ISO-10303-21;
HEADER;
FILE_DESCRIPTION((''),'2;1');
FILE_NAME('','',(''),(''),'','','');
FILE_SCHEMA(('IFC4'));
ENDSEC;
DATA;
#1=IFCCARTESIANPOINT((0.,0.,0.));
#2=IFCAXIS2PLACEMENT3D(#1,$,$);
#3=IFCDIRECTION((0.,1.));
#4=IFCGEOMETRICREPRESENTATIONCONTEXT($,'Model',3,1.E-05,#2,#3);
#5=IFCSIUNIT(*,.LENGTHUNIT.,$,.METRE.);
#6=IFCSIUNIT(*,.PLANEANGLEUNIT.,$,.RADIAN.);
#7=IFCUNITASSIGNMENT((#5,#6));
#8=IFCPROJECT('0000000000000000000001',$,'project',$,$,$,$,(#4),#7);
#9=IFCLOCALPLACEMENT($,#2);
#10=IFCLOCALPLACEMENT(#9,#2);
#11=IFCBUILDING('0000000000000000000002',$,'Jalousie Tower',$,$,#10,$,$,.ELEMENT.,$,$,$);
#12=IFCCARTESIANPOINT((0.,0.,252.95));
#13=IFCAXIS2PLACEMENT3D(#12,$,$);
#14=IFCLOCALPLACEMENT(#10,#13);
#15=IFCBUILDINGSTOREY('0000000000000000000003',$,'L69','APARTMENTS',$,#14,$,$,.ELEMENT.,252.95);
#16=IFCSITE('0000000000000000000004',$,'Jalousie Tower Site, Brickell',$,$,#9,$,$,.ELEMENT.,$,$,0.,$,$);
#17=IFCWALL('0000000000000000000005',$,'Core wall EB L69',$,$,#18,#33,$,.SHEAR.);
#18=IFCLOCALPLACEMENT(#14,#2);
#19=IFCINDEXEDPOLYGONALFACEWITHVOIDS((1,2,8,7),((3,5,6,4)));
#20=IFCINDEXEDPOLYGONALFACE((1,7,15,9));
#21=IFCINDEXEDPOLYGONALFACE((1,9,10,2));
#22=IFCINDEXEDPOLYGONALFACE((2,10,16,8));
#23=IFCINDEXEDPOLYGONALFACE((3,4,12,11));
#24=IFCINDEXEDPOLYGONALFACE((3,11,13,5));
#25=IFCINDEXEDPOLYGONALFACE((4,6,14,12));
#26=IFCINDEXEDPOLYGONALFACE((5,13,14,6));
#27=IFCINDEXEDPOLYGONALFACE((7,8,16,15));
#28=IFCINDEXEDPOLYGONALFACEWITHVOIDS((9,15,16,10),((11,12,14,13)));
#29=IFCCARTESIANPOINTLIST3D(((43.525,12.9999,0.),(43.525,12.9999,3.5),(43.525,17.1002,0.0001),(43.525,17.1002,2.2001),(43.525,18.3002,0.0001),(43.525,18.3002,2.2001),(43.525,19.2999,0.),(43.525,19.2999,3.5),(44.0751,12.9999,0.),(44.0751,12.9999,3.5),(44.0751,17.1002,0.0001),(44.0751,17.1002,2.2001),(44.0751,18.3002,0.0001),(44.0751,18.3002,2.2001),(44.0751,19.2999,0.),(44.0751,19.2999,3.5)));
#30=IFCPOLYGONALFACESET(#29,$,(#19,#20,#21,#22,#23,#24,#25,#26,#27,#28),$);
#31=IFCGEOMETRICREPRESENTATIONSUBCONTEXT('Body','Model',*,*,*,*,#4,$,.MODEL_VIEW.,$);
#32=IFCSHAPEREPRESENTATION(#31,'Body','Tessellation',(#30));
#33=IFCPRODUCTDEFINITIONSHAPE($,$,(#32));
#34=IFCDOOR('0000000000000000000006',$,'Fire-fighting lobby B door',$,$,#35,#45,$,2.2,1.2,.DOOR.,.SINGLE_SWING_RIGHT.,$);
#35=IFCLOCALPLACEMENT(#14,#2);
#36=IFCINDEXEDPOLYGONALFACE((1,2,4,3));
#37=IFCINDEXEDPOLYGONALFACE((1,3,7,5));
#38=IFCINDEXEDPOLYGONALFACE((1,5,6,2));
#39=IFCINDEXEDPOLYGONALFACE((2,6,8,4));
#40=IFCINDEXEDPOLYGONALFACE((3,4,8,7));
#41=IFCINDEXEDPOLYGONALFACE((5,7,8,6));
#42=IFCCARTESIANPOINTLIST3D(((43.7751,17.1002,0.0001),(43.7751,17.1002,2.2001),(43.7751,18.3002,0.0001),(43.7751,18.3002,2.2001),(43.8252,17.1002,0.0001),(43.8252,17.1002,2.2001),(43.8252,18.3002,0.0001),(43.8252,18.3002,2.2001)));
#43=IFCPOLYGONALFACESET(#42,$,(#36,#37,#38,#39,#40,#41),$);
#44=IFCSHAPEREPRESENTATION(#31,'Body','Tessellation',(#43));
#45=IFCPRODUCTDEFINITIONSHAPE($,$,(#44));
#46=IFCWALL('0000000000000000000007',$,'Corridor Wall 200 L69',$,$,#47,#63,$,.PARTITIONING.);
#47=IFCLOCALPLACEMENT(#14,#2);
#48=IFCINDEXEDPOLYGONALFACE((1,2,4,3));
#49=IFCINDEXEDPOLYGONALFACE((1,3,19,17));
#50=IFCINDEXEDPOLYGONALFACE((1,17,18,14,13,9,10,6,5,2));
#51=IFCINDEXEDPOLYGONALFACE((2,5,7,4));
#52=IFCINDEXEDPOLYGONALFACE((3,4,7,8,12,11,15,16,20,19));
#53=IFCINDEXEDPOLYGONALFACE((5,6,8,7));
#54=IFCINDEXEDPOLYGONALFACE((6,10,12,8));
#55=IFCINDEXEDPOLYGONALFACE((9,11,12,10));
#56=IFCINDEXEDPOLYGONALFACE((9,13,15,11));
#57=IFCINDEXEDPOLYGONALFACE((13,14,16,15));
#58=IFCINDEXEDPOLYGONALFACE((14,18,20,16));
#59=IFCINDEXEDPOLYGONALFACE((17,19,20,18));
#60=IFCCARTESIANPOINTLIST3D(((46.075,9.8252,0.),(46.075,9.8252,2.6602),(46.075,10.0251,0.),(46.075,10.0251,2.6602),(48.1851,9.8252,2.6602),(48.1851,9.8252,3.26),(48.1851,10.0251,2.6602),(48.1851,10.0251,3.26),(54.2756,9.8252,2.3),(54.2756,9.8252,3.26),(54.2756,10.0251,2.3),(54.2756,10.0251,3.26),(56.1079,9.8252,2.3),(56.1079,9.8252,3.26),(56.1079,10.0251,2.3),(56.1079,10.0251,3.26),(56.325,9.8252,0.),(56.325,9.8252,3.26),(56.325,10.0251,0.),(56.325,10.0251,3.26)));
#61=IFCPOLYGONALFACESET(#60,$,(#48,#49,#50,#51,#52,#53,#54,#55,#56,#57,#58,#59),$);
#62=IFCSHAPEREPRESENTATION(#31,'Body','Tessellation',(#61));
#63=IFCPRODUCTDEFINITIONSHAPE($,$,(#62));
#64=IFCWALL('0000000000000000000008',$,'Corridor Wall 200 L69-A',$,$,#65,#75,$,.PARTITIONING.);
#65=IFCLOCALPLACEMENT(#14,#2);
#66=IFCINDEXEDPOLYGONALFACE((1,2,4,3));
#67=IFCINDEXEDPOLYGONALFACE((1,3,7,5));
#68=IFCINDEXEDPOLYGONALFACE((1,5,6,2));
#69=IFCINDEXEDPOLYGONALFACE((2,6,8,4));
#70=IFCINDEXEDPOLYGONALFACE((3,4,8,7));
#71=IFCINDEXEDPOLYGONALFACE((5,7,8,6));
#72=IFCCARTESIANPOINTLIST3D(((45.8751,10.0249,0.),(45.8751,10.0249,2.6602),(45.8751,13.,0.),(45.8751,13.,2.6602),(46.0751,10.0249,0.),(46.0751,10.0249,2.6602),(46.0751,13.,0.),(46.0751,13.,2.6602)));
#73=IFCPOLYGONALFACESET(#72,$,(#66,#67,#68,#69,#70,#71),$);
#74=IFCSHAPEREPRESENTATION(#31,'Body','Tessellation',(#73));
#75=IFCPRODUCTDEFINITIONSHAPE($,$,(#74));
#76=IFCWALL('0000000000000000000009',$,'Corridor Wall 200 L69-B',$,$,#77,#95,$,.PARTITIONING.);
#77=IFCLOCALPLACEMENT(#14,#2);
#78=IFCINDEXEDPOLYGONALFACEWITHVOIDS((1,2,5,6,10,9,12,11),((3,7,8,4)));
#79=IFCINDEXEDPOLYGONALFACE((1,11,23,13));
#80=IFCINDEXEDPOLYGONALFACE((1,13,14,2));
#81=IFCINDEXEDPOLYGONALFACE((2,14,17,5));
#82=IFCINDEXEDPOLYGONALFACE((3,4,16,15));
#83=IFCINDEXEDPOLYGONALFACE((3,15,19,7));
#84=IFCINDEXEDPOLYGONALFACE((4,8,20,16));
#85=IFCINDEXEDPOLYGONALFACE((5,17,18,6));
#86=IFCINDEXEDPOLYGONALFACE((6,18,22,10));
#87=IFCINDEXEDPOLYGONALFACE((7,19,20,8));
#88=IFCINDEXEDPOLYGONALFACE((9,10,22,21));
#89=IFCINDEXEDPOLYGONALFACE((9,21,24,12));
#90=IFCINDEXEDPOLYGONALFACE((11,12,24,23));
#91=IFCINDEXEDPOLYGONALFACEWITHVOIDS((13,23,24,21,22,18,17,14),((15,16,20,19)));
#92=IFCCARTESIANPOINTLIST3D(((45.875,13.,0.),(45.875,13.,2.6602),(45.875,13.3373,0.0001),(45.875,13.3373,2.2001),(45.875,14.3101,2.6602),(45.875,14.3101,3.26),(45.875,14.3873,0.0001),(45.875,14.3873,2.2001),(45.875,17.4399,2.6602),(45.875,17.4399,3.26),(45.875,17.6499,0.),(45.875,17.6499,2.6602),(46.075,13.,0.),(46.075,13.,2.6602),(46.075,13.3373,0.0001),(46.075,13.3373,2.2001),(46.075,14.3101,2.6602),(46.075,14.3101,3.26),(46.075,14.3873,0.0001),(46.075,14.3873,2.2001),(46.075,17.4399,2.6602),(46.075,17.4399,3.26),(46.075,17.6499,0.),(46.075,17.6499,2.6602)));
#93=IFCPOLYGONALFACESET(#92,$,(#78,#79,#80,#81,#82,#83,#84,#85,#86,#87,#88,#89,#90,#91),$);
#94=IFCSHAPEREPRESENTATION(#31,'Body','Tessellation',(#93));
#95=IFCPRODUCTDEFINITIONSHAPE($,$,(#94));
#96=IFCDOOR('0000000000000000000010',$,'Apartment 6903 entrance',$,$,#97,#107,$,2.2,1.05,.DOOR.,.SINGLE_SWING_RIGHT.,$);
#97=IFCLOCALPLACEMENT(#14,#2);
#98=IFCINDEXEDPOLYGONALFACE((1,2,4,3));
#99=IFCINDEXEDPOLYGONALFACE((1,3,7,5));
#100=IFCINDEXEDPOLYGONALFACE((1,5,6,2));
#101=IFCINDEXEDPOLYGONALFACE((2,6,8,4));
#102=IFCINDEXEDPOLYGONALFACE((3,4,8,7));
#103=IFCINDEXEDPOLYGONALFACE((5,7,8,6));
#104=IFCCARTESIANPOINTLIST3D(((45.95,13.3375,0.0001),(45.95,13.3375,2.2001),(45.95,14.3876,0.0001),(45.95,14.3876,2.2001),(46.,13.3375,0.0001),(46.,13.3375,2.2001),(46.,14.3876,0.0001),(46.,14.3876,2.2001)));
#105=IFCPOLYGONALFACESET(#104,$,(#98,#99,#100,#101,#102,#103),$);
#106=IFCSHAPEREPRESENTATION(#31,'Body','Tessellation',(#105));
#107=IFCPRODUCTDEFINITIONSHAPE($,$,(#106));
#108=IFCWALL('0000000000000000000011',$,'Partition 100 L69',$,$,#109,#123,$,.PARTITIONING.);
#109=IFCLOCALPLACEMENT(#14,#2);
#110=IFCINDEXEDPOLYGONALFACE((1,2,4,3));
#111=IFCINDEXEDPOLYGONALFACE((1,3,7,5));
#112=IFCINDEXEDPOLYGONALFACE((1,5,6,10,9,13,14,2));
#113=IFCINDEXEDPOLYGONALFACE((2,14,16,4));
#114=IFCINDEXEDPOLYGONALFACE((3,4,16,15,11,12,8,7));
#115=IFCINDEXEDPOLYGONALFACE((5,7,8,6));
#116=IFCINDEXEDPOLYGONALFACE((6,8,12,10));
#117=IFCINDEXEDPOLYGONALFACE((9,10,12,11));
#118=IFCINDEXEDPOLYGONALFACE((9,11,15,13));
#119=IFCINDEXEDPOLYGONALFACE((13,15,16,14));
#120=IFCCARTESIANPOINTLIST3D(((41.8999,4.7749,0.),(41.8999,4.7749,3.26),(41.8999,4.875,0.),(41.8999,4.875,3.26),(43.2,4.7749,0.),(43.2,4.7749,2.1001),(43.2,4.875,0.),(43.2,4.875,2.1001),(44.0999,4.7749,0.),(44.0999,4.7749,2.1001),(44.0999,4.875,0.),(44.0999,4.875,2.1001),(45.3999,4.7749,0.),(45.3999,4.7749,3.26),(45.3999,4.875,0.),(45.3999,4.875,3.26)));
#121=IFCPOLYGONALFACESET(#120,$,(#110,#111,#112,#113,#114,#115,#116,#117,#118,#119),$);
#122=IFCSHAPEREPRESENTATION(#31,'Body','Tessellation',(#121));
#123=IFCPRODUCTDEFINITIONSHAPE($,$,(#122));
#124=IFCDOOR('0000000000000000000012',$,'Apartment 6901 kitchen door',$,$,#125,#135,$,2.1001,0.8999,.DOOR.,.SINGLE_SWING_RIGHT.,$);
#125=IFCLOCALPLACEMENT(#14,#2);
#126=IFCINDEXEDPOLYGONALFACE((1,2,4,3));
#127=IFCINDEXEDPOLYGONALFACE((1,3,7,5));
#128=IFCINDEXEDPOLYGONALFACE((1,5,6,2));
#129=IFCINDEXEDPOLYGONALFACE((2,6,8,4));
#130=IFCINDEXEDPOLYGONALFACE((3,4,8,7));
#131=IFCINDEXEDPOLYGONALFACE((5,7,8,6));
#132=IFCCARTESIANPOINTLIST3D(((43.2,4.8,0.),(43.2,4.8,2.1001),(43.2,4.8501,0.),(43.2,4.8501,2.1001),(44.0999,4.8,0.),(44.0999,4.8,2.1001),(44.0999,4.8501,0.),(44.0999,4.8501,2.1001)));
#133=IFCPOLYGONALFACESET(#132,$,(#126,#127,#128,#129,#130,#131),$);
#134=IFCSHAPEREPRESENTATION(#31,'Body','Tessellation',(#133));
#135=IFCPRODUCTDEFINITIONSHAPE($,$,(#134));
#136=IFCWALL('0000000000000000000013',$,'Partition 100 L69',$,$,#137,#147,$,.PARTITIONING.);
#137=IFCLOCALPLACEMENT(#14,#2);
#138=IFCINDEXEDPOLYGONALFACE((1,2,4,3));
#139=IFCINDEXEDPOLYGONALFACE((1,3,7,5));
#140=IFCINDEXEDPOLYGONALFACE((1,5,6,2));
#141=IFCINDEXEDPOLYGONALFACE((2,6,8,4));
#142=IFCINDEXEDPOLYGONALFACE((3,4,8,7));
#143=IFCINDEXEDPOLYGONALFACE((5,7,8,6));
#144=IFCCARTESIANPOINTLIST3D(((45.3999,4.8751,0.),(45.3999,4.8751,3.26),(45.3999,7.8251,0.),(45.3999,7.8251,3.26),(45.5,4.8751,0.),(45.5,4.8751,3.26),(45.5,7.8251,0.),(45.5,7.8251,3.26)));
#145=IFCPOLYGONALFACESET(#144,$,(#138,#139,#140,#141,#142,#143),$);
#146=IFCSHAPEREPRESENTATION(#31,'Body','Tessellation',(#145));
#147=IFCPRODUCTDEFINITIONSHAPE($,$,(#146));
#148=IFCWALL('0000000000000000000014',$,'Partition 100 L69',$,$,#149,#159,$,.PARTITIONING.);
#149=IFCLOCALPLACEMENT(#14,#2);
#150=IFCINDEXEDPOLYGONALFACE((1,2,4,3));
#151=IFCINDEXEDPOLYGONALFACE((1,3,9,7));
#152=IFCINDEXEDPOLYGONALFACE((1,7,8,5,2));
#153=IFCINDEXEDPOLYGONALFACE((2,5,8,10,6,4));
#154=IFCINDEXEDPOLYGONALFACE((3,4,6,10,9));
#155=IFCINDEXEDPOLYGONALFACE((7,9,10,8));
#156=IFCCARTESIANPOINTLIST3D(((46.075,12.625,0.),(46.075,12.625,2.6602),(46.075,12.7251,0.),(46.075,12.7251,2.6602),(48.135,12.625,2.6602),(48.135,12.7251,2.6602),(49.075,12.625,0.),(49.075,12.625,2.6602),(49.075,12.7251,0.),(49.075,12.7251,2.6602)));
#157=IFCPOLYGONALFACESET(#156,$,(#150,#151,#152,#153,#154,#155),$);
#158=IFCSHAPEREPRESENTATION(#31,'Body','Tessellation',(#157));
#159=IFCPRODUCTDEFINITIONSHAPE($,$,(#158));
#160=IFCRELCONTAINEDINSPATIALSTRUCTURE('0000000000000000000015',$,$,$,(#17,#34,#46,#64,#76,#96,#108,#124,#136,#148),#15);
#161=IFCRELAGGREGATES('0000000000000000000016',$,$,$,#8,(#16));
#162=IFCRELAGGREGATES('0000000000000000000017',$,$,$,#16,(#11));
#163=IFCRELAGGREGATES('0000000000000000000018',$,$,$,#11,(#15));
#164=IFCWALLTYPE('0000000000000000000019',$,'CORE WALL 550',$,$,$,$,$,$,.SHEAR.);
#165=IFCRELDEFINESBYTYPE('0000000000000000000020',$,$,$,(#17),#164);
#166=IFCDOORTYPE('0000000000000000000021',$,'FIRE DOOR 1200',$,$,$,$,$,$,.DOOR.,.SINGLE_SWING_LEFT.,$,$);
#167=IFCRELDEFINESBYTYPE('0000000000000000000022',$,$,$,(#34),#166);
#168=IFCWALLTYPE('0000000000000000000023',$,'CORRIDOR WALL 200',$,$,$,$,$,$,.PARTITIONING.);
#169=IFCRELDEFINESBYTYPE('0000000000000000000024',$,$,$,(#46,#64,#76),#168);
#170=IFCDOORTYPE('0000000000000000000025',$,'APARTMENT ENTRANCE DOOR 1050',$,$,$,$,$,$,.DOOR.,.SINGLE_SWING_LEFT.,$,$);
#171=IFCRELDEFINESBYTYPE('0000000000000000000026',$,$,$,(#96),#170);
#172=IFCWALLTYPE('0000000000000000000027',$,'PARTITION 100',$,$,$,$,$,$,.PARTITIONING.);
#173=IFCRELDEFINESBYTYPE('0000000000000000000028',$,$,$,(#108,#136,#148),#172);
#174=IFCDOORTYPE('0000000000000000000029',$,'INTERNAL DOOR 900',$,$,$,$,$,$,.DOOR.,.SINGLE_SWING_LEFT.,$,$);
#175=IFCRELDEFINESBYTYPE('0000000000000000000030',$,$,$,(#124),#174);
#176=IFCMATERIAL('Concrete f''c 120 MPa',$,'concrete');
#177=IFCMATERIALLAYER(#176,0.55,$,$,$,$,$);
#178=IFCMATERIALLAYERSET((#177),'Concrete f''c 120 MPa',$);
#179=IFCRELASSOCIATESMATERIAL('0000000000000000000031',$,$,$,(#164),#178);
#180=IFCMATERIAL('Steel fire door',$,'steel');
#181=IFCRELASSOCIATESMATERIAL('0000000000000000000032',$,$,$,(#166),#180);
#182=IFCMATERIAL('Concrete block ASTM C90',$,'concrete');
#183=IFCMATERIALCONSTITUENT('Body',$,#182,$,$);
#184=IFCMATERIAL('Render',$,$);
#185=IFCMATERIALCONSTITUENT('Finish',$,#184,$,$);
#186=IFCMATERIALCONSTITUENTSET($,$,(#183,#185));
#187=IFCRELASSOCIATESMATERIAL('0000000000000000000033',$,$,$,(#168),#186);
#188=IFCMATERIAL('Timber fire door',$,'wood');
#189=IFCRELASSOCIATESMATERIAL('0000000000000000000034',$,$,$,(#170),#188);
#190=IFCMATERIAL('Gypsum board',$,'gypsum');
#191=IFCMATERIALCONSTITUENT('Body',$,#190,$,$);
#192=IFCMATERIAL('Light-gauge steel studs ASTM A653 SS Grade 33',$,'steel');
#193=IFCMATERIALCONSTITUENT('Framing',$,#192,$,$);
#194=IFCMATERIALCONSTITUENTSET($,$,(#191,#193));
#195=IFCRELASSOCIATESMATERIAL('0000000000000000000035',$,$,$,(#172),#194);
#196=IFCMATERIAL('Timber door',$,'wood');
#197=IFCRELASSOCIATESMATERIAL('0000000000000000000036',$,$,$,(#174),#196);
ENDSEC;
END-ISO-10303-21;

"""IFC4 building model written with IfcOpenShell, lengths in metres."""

from ifc_helpers import new_model, si_unit, direction, frame, frame_2d, origin, place, context, subcontext, project, spatial, polyline, rectangle, outline, extrude, material, layer, layer_set, constituent, constituent_set, type_object, element, fill, save


model = new_model("IFC4")

# Units and contexts
model_context = context("Model", 3, precision=1e-05, world=origin(), true_north=direction((0.0, 1.0)))
body_context = subcontext(model_context, "Body", "Model", "MODEL_VIEW")
ifc_project = project(units=[si_unit("LENGTHUNIT", "METRE"), si_unit("PLANEANGLEUNIT", "RADIAN")], contexts=[model_context])

# Site, building, storey
site_placement = place(None, origin())
site = spatial("IfcSite", under=ifc_project, at=site_placement, Name="Jalousie Tower Site, Brickell", CompositionType="ELEMENT", RefElevation=0.0)
building_placement = place(site_placement, origin())
building = spatial("IfcBuilding", under=site, at=building_placement, Name="Jalousie Tower", CompositionType="ELEMENT")
storey_placement = place(building_placement, frame((0.0, 0.0, 252.95)))
storey = spatial("IfcBuildingStorey", under=building, at=storey_placement, Name="L69", Description="APARTMENTS", CompositionType="ELEMENT", Elevation=252.95)

# Shared definitions
ifc_material_1 = material(Name="Concrete f'c 120 MPa", Category="concrete")
ifc_layer_1 = layer(ifc_material_1, 0.55)
ifc_layer_set_1 = layer_set([ifc_layer_1], Name="Concrete f'c 120 MPa")
wall_type_1 = type_object("IfcWallType", Name="CORE WALL 550", PredefinedType="SHEAR", material=ifc_layer_set_1)

# Wall, opening, door
wall_1_placement = place(storey_placement, frame((43.8, 13.0, 0.0), z_axis=(0.0, 0.0, 1.0), x_axis=(0.0, 1.0, 0.0)))
wall_1 = element("IfcWall", 1, at=wall_1_placement, inside=storey, type_object=wall_type_1, Name="Core wall EB L69", PredefinedType="SHEAR", context=body_context, shape_type="SweptSolid", body=[
    extrude(rectangle(XDim=6.3, YDim=0.55, at=frame_2d((3.1499, 0.0))), origin(), (0.0, 0.0, 1.0), 3.5),
])
opening_1_placement = place(wall_1_placement, frame((4.1001, 0.0, 0.0)))
opening_1 = element("IfcOpeningElement", 2, at=opening_1_placement, cuts=wall_1, PredefinedType="OPENING", context=body_context, shape_type="SweptSolid", body=[
    extrude(rectangle(XDim=1.2, YDim=2.2, at=frame_2d((0.6001, 1.1001))), frame((0.0, 0.2849, 0.0), z_axis=(0.0, -1.0, 0.0), x_axis=(1.0, 0.0, 0.0)), (0.0, 0.0, 1.0), 0.5701),
])
ifc_material_2 = material(Name="Steel fire door", Category="steel")
door_type_1 = type_object("IfcDoorType", Name="FIRE DOOR 1200", OperationType="SINGLE_SWING_LEFT", PredefinedType="DOOR", material=ifc_material_2)
door_1_placement = place(opening_1_placement, origin())
door_1 = element("IfcDoor", 3, at=door_1_placement, inside=storey, type_object=door_type_1, Name="Fire-fighting lobby B door", OperationType="SINGLE_SWING_RIGHT", OverallHeight=2.2, OverallWidth=1.2, PredefinedType="DOOR", context=body_context, shape_type="SweptSolid", body=[
    extrude(rectangle(XDim=1.2, YDim=2.2, at=frame_2d((0.6001, 1.1001))), frame((0.0, 0.0249, 0.0), z_axis=(0.0, -1.0, 0.0), x_axis=(1.0, 0.0, 0.0)), (0.0, 0.0, 1.0), 0.05),
])
fill(opening_1, door_1)

# Walls
ifc_material_3 = material(Name="Concrete block ASTM C90", Category="concrete")
ifc_constituent_1 = constituent(ifc_material_3, Name="Body")
ifc_material_4 = material(Name="Render")
ifc_constituent_2 = constituent(ifc_material_4, Name="Finish")
ifc_constituent_set_1 = constituent_set(constituents=[ifc_constituent_1, ifc_constituent_2])
wall_type_2 = type_object("IfcWallType", Name="CORRIDOR WALL 200", PredefinedType="PARTITIONING", material=ifc_constituent_set_1)
wall_2_placement = place(storey_placement, frame((46.075, 9.925, 0.0), z_axis=(0.0, 0.0, 1.0), x_axis=(1.0, 0.0, 0.0)))
element("IfcWall", 4, at=wall_2_placement, inside=storey, type_object=wall_type_2, Name="Corridor Wall 200 L69", PredefinedType="PARTITIONING", context=body_context, shape_type="SweptSolid", body=[
    extrude(outline(polyline([(0.0, 0.0), (10.25, 0.0), (10.25, 3.26), (10.033, 3.26), (10.033, 2.3), (8.2007, 2.3), (8.2007, 3.26), (2.1101, 3.26), (2.1101, 2.6602), (0.0, 2.6602), (0.0, 3.26), (0.0, 0.0)])), frame((0.0, 0.1001, 0.0), z_axis=(0.0, -1.0, 0.0), x_axis=(1.0, 0.0, 0.0)), (0.0, 0.0, 1.0), 0.2),
])
wall_3_placement = place(storey_placement, frame((45.9751, 10.0249, 0.0), z_axis=(0.0, 0.0, 1.0), x_axis=(0.0, 1.0, 0.0)))
element("IfcWall", 5, at=wall_3_placement, inside=storey, type_object=wall_type_2, Name="Corridor Wall 200 L69-A", PredefinedType="PARTITIONING", context=body_context, shape_type="SweptSolid", body=[
    extrude(rectangle(XDim=2.9751, YDim=0.2, at=frame_2d((1.4875, 0.0))), origin(), (0.0, 0.0, 1.0), 2.6602),
])

# Walls, openings, doors
wall_4_placement = place(storey_placement, frame((45.9751, 13.0, 0.0), z_axis=(0.0, 0.0, 1.0), x_axis=(0.0, 1.0, 0.0)))
wall_4 = element("IfcWall", 6, at=wall_4_placement, inside=storey, type_object=wall_type_2, Name="Corridor Wall 200 L69-B", PredefinedType="PARTITIONING", context=body_context, shape_type="SweptSolid", body=[
    extrude(outline(polyline([(0.0, 0.0), (4.6499, 0.0), (4.6499, 2.6602), (4.4399, 2.6602), (4.4399, 3.26), (1.3101, 3.26), (1.3101, 2.6602), (0.0, 2.6602), (0.0, 0.0)])), frame((0.0, 0.1001, 0.0), z_axis=(0.0, -1.0, 0.0), x_axis=(1.0, 0.0, 0.0)), (0.0, 0.0, 1.0), 0.2),
])
opening_2_placement = place(wall_4_placement, frame((0.3374, 0.0, 0.0)))
opening_2 = element("IfcOpeningElement", 7, at=opening_2_placement, cuts=wall_4, PredefinedType="OPENING", context=body_context, shape_type="SweptSolid", body=[
    extrude(rectangle(XDim=1.05, YDim=2.2, at=frame_2d((0.5249, 1.1001))), frame((0.0, 0.1099, 0.0), z_axis=(0.0, -1.0, 0.0), x_axis=(1.0, 0.0, 0.0)), (0.0, 0.0, 1.0), 0.22),
])
ifc_material_5 = material(Name="Timber fire door", Category="wood")
door_type_2 = type_object("IfcDoorType", Name="APARTMENT ENTRANCE DOOR 1050", OperationType="SINGLE_SWING_LEFT", PredefinedType="DOOR", material=ifc_material_5)
door_2_placement = place(opening_2_placement, frame((1.05, 0.0, 0.0), z_axis=(0.0, 0.0, 1.0), x_axis=(-1.0, 0.0, 0.0)))
door_2 = element("IfcDoor", 8, at=door_2_placement, inside=storey, type_object=door_type_2, Name="Apartment 6903 entrance", OperationType="SINGLE_SWING_RIGHT", OverallHeight=2.2, OverallWidth=1.05, PredefinedType="DOOR", context=body_context, shape_type="SweptSolid", body=[
    extrude(rectangle(XDim=1.05, YDim=2.2, at=frame_2d((0.5249, 1.1001))), frame((0.0, 0.0249, 0.0), z_axis=(0.0, -1.0, 0.0), x_axis=(1.0, 0.0, 0.0)), (0.0, 0.0, 1.0), 0.05),
])
fill(opening_2, door_2)
ifc_material_6 = material(Name="Gypsum board", Category="gypsum")
ifc_constituent_3 = constituent(ifc_material_6, Name="Body")
ifc_material_7 = material(Name="Light-gauge steel studs ASTM A653 SS Grade 33", Category="steel")
ifc_constituent_4 = constituent(ifc_material_7, Name="Framing")
ifc_constituent_set_2 = constituent_set(constituents=[ifc_constituent_3, ifc_constituent_4])
wall_type_3 = type_object("IfcWallType", Name="PARTITION 100", PredefinedType="PARTITIONING", material=ifc_constituent_set_2)
wall_5_placement = place(storey_placement, frame((41.8999, 4.825, 0.0), z_axis=(0.0, 0.0, 1.0), x_axis=(1.0, 0.0, 0.0)))
wall_5 = element("IfcWall", 9, at=wall_5_placement, inside=storey, type_object=wall_type_3, Name="Partition 100 L69", PredefinedType="PARTITIONING", context=body_context, shape_type="SweptSolid", body=[
    extrude(rectangle(XDim=3.5, YDim=0.1001, at=frame_2d((1.75, 0.0))), origin(), (0.0, 0.0, 1.0), 3.26),
])
opening_3_placement = place(wall_5_placement, frame((1.3, 0.0, 0.0)))
opening_3 = element("IfcOpeningElement", 10, at=opening_3_placement, cuts=wall_5, PredefinedType="OPENING", context=body_context, shape_type="SweptSolid", body=[
    extrude(rectangle(XDim=0.8999, YDim=2.1001, at=frame_2d((0.45, 1.05))), frame((0.0, 0.0601, 0.0), z_axis=(0.0, -1.0, 0.0), x_axis=(1.0, 0.0, 0.0)), (0.0, 0.0, 1.0), 0.1201),
])
ifc_material_8 = material(Name="Timber door", Category="wood")
door_type_3 = type_object("IfcDoorType", Name="INTERNAL DOOR 900", OperationType="SINGLE_SWING_LEFT", PredefinedType="DOOR", material=ifc_material_8)
door_3_placement = place(opening_3_placement, frame((0.8999, 0.0, 0.0), z_axis=(0.0, 0.0, 1.0), x_axis=(-1.0, 0.0, 0.0)))
door_3 = element("IfcDoor", 11, at=door_3_placement, inside=storey, type_object=door_type_3, Name="Apartment 6901 kitchen door", OperationType="SINGLE_SWING_RIGHT", OverallHeight=2.1001, OverallWidth=0.8999, PredefinedType="DOOR", context=body_context, shape_type="SweptSolid", body=[
    extrude(rectangle(XDim=0.8999, YDim=2.1001, at=frame_2d((0.45, 1.05))), frame((0.0, 0.0249, 0.0), z_axis=(0.0, -1.0, 0.0), x_axis=(1.0, 0.0, 0.0)), (0.0, 0.0, 1.0), 0.05),
])
fill(opening_3, door_3)

# Walls
wall_6_placement = place(storey_placement, frame((45.45, 4.875, 0.0), z_axis=(0.0, 0.0, 1.0), x_axis=(0.0, 1.0, 0.0)))
element("IfcWall", 12, at=wall_6_placement, inside=storey, type_object=wall_type_3, Name="Partition 100 L69", PredefinedType="PARTITIONING", context=body_context, shape_type="SweptSolid", body=[
    extrude(rectangle(XDim=2.95, YDim=0.1001, at=frame_2d((1.4751, 0.0))), origin(), (0.0, 0.0, 1.0), 3.26),
])
wall_7_placement = place(storey_placement, frame((46.075, 12.675, 0.0), z_axis=(0.0, 0.0, 1.0), x_axis=(1.0, 0.0, 0.0)))
element("IfcWall", 13, at=wall_7_placement, inside=storey, type_object=wall_type_3, Name="Partition 100 L69", PredefinedType="PARTITIONING", context=body_context, shape_type="SweptSolid", body=[
    extrude(outline(polyline([(0.0, 0.0), (3.0, 0.0), (3.0, 3.26), (3.0, 2.6602), (2.0601, 2.6602), (0.0, 2.6602), (0.0, 3.26), (0.0, 0.0)])), frame((0.0, 0.05, 0.0), z_axis=(0.0, -1.0, 0.0), x_axis=(1.0, 0.0, 0.0)), (0.0, 0.0, 1.0), 0.1001),
])

save(model, "model.ifc")
